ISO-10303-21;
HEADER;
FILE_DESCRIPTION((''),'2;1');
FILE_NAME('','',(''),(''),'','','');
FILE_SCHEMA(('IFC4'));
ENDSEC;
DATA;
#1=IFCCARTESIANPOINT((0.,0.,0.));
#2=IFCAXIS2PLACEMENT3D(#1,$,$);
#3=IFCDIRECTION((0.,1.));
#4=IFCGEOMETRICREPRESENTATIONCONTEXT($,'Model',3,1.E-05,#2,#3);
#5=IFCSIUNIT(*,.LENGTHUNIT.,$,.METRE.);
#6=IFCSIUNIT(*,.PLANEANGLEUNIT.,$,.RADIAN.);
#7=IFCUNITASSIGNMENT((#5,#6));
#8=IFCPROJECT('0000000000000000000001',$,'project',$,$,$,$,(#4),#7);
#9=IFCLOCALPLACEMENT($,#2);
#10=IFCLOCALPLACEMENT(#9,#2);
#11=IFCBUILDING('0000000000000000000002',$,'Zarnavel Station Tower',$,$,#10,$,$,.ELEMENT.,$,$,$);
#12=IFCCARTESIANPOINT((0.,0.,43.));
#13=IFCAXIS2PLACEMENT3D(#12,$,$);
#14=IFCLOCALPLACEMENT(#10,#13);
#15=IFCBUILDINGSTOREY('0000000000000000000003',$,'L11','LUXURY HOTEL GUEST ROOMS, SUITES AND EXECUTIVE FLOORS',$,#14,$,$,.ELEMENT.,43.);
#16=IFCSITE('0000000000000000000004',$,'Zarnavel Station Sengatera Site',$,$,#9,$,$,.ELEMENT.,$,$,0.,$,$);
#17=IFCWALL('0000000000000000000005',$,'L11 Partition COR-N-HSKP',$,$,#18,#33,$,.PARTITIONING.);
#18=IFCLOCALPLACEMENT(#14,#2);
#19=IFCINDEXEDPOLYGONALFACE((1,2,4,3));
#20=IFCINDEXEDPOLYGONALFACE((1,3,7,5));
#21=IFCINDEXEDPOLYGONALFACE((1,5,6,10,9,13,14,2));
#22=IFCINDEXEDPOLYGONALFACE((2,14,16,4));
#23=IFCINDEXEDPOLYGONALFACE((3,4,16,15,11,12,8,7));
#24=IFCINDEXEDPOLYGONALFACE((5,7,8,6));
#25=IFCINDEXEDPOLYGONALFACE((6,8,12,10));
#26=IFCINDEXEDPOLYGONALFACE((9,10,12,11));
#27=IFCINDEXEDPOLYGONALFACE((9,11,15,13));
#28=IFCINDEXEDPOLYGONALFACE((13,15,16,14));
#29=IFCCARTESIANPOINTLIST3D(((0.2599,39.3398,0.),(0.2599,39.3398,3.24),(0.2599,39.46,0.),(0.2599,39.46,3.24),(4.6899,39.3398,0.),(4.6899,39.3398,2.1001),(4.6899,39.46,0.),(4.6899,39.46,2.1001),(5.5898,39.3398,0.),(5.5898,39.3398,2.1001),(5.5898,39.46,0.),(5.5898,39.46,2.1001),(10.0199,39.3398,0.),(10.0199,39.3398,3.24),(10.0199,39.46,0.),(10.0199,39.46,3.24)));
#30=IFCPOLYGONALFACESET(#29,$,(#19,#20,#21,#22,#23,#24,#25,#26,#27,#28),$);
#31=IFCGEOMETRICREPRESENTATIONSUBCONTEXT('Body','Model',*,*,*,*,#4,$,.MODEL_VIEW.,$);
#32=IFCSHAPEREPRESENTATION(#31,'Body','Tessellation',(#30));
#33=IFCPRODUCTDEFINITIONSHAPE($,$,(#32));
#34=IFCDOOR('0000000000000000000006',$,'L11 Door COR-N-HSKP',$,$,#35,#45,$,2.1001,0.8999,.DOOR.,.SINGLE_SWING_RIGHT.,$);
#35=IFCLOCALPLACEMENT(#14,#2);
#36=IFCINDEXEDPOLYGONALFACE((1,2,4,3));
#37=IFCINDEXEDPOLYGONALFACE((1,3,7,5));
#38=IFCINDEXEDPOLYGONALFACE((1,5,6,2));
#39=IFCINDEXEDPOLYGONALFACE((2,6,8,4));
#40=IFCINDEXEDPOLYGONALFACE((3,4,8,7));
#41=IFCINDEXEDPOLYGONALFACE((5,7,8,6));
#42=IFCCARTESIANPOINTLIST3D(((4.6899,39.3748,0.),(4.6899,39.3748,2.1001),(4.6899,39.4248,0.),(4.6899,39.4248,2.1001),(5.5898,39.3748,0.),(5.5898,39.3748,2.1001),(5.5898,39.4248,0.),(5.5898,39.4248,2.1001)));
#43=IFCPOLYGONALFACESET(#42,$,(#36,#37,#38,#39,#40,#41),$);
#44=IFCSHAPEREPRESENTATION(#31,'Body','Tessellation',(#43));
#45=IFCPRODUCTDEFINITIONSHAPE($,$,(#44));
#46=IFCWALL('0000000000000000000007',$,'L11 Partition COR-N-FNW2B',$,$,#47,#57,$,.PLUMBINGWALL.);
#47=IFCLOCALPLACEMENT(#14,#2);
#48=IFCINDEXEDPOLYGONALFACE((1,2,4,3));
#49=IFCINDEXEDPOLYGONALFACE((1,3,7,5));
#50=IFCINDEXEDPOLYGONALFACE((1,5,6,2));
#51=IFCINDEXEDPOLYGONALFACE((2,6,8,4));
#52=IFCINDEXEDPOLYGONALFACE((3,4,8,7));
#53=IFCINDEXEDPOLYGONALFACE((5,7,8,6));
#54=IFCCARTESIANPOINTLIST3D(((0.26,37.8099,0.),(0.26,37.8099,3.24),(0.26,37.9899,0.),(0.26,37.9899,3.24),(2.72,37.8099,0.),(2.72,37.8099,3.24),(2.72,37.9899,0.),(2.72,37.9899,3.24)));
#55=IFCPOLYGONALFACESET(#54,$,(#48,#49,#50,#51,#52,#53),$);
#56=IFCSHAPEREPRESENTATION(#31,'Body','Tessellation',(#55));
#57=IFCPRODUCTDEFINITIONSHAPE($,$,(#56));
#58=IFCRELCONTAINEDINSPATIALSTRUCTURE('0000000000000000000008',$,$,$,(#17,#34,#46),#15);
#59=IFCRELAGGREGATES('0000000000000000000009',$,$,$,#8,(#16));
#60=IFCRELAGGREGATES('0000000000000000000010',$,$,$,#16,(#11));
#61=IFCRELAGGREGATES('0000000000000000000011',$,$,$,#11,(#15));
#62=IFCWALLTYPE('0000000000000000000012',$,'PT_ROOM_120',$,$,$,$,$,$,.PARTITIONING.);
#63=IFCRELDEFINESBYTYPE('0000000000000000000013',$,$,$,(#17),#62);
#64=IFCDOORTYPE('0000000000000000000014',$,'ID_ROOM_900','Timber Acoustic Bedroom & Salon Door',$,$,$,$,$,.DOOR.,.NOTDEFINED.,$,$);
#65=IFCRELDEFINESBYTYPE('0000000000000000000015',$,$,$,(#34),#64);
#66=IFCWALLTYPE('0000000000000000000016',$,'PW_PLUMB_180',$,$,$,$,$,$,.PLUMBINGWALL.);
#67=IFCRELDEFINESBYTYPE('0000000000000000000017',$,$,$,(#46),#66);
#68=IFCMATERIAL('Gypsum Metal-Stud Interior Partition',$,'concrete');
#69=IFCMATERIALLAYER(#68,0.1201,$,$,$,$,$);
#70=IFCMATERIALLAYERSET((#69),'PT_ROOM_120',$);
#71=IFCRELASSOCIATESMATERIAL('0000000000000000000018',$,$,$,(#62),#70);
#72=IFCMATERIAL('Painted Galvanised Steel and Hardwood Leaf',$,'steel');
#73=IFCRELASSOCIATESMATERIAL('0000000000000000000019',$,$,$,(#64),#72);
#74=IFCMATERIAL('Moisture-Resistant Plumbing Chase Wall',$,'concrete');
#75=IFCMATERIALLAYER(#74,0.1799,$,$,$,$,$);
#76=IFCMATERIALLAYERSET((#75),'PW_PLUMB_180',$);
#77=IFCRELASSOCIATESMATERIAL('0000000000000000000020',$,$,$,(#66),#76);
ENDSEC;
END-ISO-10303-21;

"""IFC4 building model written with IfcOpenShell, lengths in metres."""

from ifc_helpers import new_model, si_unit, direction, frame, frame_2d, origin, place, context, subcontext, project, spatial, rectangle, extrude, material, layer, layer_set, type_object, element, fill, save


model = new_model("IFC4")

# Units and contexts
model_context = context("Model", 3, precision=1e-05, world=origin(), true_north=direction((0.0, 1.0)))
body_context = subcontext(model_context, "Body", "Model", "MODEL_VIEW")
ifc_project = project(units=[si_unit("LENGTHUNIT", "METRE"), si_unit("PLANEANGLEUNIT", "RADIAN")], contexts=[model_context])

# Site, building, storey
site_placement = place(None, origin())
site = spatial("IfcSite", under=ifc_project, at=site_placement, Name="Zarnavel Station Sengatera Site", CompositionType="ELEMENT", RefElevation=0.0)
building_placement = place(site_placement, origin())
building = spatial("IfcBuilding", under=site, at=building_placement, Name="Zarnavel Station Tower", CompositionType="ELEMENT")
storey_placement = place(building_placement, frame((0.0, 0.0, 43.0)))
storey = spatial("IfcBuildingStorey", under=building, at=storey_placement, Name="L11", Description="LUXURY HOTEL GUEST ROOMS, SUITES AND EXECUTIVE FLOORS", CompositionType="ELEMENT", Elevation=43.0)

# Wall, opening, door
ifc_material_1 = material(Name="Gypsum Metal-Stud Interior Partition", Category="concrete")
ifc_layer_1 = layer(ifc_material_1, 0.1201)
ifc_layer_set_1 = layer_set([ifc_layer_1], Name="PT_ROOM_120")
wall_type_1 = type_object("IfcWallType", Name="PT_ROOM_120", PredefinedType="PARTITIONING", material=ifc_layer_set_1)
wall_1_placement = place(storey_placement, frame((0.26, 39.3999, 0.0), z_axis=(0.0, 0.0, 1.0), x_axis=(1.0, 0.0, 0.0)))
wall_1 = element("IfcWall", 1, at=wall_1_placement, inside=storey, type_object=wall_type_1, Name="L11 Partition COR-N-HSKP", PredefinedType="PARTITIONING", context=body_context, shape_type="SweptSolid", body=[
    extrude(rectangle(XDim=9.76, YDim=0.1201, at=frame_2d((4.8799, 0.0))), origin(), (0.0, 0.0, 1.0), 3.24),
])
opening_1_placement = place(wall_1_placement, frame((4.4299, 0.0, 0.0)))
opening_1 = element("IfcOpeningElement", 2, at=opening_1_placement, cuts=wall_1, PredefinedType="OPENING", context=body_context, shape_type="SweptSolid", body=[
    extrude(rectangle(XDim=0.8999, YDim=2.1001, at=frame_2d((0.45, 1.05))), frame((0.0, 0.0701, 0.0), z_axis=(0.0, -1.0, 0.0), x_axis=(1.0, 0.0, 0.0)), (0.0, 0.0, 1.0), 0.1401),
])
ifc_material_2 = material(Name="Painted Galvanised Steel and Hardwood Leaf", Category="steel")
door_type = type_object("IfcDoorType", Name="ID_ROOM_900", Description="Timber Acoustic Bedroom & Salon Door", OperationType="NOTDEFINED", PredefinedType="DOOR", material=ifc_material_2)
door_placement = place(opening_1_placement, origin())
door = element("IfcDoor", 3, at=door_placement, inside=storey, type_object=door_type, Name="L11 Door COR-N-HSKP", OperationType="SINGLE_SWING_RIGHT", OverallHeight=2.1001, OverallWidth=0.8999, PredefinedType="DOOR", context=body_context, shape_type="SweptSolid", body=[
    extrude(rectangle(XDim=0.8999, YDim=2.1001, at=frame_2d((0.45, 1.05))), frame((0.0, 0.0249, 0.0), z_axis=(0.0, -1.0, 0.0), x_axis=(1.0, 0.0, 0.0)), (0.0, 0.0, 1.0), 0.05),
])
fill(opening_1, door)

# Wall
ifc_material_3 = material(Name="Moisture-Resistant Plumbing Chase Wall", Category="concrete")
ifc_layer_2 = layer(ifc_material_3, 0.1799)
ifc_layer_set_2 = layer_set([ifc_layer_2], Name="PW_PLUMB_180")
wall_type_2 = type_object("IfcWallType", Name="PW_PLUMB_180", PredefinedType="PLUMBINGWALL", material=ifc_layer_set_2)
wall_2_placement = place(storey_placement, frame((0.26, 37.8999, 0.0), z_axis=(0.0, 0.0, 1.0), x_axis=(1.0, 0.0, 0.0)))
element("IfcWall", 4, at=wall_2_placement, inside=storey, type_object=wall_type_2, Name="L11 Partition COR-N-FNW2B", PredefinedType="PLUMBINGWALL", context=body_context, shape_type="SweptSolid", body=[
    extrude(rectangle(XDim=2.46, YDim=0.1799, at=frame_2d((1.23, 0.0))), origin(), (0.0, 0.0, 1.0), 3.24),
])

save(model, "model.ifc")
